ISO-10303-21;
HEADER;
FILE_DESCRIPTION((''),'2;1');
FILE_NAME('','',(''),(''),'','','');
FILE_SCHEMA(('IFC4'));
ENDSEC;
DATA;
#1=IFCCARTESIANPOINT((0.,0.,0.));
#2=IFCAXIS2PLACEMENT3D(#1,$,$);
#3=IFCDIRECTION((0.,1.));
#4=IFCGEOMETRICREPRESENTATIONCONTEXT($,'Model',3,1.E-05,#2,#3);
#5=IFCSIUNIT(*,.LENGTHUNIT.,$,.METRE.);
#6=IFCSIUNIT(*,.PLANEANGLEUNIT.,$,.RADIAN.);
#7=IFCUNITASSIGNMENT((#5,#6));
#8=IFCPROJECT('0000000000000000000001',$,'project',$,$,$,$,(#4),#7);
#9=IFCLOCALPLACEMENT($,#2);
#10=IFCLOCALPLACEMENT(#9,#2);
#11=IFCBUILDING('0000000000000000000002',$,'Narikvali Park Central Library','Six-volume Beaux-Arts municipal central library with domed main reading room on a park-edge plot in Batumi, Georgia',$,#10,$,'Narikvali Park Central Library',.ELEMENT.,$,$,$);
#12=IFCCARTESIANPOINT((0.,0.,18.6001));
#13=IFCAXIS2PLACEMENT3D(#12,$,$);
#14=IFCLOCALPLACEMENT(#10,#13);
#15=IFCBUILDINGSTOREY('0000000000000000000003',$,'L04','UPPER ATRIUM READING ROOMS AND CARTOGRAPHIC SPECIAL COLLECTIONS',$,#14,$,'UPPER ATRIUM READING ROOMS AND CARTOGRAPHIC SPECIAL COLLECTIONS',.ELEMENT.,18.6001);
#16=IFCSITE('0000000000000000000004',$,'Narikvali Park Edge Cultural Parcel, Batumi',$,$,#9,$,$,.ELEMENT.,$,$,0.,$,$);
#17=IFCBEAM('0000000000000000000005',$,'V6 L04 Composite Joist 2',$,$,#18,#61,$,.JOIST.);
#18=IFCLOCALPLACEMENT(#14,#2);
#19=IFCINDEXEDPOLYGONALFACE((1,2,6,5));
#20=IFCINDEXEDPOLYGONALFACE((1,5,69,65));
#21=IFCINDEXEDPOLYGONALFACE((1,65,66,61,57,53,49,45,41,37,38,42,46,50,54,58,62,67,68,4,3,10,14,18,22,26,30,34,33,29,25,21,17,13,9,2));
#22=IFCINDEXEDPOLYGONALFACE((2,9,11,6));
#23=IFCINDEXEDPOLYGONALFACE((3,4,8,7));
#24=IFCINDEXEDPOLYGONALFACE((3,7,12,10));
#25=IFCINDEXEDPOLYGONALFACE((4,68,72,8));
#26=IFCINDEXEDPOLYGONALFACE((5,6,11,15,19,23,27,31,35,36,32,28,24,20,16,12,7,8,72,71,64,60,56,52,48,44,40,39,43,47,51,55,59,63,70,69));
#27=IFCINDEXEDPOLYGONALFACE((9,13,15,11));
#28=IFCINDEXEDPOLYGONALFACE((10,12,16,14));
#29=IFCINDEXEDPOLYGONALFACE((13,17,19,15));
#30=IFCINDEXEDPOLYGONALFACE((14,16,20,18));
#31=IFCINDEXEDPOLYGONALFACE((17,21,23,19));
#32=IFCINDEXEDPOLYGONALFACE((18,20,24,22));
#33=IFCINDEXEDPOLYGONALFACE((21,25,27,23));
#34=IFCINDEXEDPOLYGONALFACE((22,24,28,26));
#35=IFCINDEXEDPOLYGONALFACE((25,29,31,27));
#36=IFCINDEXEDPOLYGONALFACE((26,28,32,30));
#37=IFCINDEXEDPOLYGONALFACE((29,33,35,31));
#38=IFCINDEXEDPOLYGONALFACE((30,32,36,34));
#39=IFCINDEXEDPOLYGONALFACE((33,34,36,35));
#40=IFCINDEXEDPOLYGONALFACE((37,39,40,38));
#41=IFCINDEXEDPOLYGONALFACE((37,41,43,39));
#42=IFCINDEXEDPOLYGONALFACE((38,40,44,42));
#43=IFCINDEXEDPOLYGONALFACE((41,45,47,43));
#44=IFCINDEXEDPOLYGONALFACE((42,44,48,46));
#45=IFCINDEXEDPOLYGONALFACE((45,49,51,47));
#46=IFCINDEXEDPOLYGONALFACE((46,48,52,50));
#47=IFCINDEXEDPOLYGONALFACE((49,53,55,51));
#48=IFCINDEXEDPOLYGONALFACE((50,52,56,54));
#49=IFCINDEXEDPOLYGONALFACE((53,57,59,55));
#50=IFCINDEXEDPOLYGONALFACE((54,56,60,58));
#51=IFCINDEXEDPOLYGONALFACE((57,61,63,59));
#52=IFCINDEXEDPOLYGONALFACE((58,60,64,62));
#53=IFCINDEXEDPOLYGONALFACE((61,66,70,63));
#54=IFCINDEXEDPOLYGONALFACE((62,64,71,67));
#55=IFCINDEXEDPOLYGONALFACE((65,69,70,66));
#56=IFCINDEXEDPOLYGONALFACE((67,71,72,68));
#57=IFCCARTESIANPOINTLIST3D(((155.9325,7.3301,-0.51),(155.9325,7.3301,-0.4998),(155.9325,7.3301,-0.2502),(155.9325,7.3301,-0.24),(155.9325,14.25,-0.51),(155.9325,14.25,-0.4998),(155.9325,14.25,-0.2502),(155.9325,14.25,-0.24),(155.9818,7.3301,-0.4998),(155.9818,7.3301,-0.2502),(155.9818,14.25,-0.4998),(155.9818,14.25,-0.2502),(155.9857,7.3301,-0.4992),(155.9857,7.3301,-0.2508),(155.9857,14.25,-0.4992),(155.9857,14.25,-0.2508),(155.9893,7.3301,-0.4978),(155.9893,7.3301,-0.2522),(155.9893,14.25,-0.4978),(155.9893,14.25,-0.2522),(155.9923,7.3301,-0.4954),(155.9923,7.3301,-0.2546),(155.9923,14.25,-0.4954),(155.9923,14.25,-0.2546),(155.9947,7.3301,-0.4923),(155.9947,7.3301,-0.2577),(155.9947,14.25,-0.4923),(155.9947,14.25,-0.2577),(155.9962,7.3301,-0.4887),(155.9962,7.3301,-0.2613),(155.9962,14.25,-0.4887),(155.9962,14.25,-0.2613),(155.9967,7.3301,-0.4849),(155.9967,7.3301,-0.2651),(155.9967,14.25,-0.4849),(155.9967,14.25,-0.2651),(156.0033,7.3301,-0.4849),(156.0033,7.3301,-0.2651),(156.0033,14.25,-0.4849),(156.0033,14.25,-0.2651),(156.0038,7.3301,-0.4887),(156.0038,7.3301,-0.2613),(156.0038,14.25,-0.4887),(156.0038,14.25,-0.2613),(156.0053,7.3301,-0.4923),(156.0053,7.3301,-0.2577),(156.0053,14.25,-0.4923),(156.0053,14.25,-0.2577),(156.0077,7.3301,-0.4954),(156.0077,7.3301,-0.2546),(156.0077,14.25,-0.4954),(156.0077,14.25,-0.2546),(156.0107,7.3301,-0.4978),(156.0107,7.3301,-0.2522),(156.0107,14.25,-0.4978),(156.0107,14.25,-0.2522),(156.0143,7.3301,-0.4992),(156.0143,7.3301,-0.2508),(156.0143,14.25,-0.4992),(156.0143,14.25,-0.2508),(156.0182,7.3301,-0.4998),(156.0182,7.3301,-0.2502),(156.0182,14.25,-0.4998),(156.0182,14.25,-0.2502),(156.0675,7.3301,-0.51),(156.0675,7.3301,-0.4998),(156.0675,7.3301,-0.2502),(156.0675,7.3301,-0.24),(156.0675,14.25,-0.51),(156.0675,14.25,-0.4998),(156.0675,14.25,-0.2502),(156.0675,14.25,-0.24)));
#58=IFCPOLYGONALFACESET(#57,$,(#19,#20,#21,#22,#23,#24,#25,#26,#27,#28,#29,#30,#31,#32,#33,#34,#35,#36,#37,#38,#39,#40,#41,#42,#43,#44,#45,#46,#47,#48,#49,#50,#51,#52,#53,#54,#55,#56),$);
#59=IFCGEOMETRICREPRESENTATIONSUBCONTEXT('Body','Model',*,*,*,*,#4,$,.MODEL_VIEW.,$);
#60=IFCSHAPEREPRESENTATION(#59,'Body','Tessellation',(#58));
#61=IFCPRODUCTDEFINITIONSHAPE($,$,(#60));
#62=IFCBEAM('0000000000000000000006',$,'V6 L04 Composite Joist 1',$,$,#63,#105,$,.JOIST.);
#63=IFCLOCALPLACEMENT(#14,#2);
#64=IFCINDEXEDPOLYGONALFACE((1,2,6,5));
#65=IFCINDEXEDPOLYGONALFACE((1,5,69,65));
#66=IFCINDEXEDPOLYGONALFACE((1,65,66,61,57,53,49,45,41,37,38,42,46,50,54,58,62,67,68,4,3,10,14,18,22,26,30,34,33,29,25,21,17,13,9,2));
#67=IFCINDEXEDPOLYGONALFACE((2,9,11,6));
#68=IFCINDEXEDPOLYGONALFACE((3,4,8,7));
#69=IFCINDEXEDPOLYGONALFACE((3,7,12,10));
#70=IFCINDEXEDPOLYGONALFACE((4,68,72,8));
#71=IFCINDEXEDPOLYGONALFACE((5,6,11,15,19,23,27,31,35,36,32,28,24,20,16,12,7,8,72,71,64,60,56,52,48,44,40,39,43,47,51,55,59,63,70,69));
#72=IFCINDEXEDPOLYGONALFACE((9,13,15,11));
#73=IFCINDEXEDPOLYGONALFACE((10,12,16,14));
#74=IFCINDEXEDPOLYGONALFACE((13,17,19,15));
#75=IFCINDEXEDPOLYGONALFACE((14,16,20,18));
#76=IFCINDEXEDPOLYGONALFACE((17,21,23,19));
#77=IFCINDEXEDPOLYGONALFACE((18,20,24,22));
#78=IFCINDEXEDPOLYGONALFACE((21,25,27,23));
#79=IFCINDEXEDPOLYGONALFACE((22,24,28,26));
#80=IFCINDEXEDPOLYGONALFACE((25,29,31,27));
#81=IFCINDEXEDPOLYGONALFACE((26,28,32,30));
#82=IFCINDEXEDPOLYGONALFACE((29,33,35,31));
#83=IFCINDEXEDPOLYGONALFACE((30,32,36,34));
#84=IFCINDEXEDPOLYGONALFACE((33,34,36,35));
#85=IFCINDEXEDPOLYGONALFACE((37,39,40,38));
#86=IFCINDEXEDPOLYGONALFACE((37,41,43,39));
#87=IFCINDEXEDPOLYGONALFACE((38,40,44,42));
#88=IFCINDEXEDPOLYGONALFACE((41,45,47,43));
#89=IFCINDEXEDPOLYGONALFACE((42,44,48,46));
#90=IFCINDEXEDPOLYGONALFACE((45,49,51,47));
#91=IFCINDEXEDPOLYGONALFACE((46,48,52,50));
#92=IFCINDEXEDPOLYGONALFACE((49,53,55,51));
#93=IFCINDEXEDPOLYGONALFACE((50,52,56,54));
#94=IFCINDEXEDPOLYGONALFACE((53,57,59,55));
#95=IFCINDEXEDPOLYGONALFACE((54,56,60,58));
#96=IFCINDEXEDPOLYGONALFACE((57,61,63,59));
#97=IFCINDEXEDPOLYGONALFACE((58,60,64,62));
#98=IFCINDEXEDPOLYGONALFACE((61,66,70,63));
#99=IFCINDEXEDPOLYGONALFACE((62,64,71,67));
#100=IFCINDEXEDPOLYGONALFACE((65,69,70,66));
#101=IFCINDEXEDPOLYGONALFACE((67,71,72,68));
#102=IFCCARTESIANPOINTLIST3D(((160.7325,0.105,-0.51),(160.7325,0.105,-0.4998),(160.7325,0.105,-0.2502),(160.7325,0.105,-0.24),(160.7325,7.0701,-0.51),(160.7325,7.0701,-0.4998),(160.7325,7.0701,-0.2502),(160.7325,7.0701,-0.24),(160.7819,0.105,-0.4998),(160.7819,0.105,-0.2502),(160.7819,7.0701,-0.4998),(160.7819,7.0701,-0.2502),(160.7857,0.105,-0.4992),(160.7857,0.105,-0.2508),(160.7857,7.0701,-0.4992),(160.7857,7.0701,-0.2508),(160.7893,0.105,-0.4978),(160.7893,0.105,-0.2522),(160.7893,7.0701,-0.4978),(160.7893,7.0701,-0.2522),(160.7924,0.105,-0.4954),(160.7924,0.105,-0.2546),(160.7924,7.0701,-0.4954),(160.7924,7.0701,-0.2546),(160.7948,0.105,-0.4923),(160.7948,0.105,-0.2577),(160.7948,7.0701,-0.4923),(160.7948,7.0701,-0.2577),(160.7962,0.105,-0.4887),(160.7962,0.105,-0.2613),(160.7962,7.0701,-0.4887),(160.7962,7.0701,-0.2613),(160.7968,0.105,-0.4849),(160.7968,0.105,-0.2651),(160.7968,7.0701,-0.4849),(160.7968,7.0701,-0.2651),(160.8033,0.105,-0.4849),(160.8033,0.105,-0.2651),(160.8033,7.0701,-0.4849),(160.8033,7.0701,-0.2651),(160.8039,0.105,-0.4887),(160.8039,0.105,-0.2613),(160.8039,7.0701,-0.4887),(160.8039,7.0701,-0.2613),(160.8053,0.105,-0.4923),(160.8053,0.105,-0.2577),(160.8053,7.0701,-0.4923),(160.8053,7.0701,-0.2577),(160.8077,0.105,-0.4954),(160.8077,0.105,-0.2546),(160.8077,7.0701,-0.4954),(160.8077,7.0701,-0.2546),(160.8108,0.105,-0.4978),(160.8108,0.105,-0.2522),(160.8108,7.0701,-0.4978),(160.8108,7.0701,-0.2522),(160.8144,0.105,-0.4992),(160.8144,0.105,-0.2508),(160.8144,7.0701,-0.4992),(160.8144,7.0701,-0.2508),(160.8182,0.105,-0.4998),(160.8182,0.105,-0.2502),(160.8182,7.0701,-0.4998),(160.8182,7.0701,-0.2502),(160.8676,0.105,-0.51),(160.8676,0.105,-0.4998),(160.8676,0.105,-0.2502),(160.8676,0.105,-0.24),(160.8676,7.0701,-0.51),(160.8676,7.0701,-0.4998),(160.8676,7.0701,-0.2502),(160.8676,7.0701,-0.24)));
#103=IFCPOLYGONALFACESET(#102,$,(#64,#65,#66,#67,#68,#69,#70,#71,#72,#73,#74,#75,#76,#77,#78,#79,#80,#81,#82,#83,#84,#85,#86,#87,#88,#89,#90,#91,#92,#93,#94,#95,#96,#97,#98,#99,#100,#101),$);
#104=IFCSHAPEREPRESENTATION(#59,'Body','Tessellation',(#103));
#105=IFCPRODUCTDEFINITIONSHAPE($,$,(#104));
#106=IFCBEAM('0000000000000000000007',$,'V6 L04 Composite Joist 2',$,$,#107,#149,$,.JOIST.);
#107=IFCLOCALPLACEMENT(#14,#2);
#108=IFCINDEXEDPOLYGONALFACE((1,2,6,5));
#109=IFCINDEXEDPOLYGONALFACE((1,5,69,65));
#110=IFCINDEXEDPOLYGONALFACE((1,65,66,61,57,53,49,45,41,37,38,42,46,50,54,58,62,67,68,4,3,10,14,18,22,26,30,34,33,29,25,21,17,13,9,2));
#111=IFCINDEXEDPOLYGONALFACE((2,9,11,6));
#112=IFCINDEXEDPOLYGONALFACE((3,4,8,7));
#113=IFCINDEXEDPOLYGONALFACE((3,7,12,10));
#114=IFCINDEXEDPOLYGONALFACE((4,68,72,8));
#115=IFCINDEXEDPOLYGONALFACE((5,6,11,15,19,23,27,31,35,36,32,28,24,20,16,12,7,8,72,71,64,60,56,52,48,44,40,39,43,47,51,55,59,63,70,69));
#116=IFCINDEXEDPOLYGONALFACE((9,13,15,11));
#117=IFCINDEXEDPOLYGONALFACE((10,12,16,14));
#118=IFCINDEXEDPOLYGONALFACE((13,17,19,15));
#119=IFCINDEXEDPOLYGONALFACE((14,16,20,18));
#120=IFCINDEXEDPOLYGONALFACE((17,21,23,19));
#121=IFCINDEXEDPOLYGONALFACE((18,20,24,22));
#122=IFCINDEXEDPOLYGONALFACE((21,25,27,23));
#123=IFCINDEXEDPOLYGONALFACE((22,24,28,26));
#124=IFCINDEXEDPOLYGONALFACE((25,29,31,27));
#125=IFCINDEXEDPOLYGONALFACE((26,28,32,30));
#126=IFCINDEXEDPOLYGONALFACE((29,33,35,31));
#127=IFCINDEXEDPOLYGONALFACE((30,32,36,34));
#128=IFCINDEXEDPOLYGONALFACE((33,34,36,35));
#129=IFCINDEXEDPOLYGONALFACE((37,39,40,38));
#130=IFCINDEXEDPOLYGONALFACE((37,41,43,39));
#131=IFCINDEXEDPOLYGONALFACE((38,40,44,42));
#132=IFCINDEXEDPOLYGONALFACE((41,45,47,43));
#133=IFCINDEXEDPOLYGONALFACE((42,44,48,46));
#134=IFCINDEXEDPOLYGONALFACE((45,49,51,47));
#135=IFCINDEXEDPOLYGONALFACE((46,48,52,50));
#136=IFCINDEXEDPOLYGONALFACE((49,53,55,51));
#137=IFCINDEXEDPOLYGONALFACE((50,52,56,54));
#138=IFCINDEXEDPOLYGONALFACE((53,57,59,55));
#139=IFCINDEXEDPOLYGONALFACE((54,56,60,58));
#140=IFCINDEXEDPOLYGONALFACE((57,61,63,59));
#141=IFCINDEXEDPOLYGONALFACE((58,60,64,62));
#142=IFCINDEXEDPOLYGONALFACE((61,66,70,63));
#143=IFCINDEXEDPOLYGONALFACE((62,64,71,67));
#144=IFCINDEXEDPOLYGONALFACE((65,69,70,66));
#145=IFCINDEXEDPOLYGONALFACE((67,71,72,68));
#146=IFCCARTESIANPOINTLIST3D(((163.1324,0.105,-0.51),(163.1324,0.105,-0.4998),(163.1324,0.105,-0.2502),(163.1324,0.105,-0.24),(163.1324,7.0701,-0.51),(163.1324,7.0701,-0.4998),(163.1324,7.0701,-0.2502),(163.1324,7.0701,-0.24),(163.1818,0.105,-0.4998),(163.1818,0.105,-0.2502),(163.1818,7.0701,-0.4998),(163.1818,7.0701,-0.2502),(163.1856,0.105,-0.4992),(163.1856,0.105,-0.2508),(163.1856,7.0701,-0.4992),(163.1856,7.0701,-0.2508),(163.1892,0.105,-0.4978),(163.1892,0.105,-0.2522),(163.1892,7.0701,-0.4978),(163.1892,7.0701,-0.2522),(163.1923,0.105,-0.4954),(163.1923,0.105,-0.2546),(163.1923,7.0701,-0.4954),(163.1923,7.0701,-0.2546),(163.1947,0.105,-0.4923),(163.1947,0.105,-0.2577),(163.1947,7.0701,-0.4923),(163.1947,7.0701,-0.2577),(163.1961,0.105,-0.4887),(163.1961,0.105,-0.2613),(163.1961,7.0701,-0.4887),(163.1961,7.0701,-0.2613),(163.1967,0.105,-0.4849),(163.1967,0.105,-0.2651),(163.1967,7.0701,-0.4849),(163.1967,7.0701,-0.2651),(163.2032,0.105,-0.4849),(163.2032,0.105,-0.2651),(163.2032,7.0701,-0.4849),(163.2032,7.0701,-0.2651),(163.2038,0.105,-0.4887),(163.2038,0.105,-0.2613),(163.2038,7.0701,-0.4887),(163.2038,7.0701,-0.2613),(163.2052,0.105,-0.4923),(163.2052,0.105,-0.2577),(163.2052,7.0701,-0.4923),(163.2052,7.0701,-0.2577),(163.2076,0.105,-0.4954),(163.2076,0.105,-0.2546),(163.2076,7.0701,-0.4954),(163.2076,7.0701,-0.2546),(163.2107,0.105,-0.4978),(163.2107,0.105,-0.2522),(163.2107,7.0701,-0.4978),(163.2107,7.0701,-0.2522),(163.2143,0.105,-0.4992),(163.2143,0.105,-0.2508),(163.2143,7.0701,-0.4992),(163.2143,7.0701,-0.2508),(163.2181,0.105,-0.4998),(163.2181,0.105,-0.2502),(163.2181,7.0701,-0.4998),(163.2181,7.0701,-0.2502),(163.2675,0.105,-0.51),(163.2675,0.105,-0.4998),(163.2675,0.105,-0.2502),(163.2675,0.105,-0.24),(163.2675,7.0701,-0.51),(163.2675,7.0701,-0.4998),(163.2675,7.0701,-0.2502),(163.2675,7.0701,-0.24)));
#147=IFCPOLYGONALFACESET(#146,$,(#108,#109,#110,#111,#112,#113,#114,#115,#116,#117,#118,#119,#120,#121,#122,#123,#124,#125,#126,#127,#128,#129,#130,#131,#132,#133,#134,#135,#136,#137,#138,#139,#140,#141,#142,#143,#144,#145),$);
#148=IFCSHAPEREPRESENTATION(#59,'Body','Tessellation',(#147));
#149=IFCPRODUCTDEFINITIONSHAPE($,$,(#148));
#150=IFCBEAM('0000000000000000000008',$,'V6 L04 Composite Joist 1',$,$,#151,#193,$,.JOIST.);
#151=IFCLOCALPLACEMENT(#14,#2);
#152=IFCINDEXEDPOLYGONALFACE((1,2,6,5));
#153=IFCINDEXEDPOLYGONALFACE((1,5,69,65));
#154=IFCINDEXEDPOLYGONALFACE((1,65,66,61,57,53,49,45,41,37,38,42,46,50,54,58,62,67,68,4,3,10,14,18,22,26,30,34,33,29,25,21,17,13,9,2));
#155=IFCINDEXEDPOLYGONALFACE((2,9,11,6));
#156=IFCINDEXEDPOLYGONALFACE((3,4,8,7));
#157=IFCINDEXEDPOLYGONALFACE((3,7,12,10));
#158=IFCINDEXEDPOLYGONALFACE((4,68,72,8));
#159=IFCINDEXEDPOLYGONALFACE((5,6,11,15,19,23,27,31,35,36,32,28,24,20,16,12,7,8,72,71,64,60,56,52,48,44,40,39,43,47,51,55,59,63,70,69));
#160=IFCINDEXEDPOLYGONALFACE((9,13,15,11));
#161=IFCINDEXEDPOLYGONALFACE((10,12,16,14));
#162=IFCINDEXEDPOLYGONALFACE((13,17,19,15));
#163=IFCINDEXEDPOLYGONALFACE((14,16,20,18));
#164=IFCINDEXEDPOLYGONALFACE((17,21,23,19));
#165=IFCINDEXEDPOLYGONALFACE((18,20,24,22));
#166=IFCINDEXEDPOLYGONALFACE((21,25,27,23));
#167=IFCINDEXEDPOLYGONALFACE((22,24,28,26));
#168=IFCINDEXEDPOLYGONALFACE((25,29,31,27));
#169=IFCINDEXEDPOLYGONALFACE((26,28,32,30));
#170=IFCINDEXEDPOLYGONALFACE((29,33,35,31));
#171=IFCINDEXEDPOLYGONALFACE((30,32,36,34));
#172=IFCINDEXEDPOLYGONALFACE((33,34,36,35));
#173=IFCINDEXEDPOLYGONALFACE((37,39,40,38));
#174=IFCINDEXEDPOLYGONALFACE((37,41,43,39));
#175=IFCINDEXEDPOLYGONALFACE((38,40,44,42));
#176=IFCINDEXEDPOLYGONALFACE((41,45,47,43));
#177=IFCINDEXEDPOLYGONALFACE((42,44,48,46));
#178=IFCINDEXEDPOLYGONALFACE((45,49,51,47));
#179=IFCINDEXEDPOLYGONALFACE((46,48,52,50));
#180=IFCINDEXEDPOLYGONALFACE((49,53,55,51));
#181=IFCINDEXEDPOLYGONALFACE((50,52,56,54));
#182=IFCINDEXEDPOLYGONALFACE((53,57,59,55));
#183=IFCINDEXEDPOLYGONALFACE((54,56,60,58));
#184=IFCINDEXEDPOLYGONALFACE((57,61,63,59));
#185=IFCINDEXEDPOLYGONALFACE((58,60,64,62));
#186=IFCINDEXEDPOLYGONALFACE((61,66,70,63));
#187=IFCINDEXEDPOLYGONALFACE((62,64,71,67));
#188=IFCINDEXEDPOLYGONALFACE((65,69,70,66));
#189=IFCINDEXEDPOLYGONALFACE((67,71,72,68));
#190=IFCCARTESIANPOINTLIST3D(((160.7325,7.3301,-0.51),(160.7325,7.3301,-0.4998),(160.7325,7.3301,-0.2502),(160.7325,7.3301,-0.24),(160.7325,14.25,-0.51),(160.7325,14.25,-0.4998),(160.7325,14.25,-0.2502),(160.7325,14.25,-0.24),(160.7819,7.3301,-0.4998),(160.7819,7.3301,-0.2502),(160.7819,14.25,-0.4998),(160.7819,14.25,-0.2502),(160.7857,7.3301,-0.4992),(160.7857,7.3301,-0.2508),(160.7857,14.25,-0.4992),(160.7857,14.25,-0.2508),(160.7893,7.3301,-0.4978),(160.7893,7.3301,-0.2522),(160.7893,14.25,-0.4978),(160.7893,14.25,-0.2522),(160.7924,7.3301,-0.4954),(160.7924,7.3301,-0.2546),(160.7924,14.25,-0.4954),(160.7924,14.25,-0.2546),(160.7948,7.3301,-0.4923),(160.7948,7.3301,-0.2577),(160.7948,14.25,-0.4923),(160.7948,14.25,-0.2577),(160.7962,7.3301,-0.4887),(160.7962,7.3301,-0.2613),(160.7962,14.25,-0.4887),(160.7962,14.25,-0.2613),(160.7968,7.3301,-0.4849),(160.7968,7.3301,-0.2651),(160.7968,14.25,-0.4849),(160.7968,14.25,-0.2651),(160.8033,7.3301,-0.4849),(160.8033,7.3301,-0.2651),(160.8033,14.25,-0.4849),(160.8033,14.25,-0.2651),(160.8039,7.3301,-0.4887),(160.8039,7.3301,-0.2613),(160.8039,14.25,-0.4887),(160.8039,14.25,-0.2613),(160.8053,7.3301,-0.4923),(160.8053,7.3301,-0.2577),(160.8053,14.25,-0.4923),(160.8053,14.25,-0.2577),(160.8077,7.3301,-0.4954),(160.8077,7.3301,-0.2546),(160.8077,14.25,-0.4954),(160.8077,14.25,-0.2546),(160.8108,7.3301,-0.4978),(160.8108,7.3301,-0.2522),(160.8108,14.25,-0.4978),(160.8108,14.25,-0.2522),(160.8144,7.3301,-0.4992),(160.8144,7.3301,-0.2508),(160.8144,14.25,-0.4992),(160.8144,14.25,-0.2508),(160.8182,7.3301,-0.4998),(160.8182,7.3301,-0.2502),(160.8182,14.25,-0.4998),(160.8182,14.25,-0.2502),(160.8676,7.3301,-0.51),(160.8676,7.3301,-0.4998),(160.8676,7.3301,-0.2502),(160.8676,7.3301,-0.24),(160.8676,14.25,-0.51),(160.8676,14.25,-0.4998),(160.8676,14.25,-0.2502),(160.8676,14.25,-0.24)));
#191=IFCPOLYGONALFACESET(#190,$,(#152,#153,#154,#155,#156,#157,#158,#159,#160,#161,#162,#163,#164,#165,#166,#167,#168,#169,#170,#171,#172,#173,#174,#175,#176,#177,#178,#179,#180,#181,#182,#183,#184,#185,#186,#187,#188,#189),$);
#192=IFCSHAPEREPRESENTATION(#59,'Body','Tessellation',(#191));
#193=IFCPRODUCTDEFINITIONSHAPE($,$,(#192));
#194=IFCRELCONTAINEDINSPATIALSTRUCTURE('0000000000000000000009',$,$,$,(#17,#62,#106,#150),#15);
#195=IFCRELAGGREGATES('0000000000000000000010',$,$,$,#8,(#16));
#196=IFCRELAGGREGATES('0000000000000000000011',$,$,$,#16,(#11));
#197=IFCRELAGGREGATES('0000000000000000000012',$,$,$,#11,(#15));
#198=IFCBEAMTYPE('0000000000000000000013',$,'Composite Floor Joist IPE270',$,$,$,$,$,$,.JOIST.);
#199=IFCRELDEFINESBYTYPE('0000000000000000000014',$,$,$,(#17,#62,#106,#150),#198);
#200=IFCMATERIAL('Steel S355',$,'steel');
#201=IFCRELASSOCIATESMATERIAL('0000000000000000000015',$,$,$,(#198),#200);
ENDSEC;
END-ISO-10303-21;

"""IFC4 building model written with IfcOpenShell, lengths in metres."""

from ifc_helpers import new_model, si_unit, direction, frame, origin, origin_2d, place, context, subcontext, project, spatial, i_section, extrude, material, material_profile, profile_set, type_object, element, save


model = new_model("IFC4")

# Units and contexts
model_context = context("Model", 3, precision=1e-05, world=origin(), true_north=direction((0.0, 1.0)))
body_context = subcontext(model_context, "Body", "Model", "MODEL_VIEW")
ifc_project = project(units=[si_unit("LENGTHUNIT", "METRE"), si_unit("PLANEANGLEUNIT", "RADIAN")], contexts=[model_context])

# Site, building, storey
site_placement = place(None, origin())
site = spatial("IfcSite", under=ifc_project, at=site_placement, Name="Narikvali Park Edge Cultural Parcel, Batumi", CompositionType="ELEMENT", RefElevation=0.0)
building_placement = place(site_placement, origin())
building = spatial("IfcBuilding", under=site, at=building_placement, Name="Narikvali Park Central Library", Description="Six-volume Beaux-Arts municipal central library with domed main reading room on a park-edge plot in Batumi, Georgia", LongName="Narikvali Park Central Library", CompositionType="ELEMENT")
storey_placement = place(building_placement, frame((0.0, 0.0, 18.6001)))
storey = spatial("IfcBuildingStorey", under=building, at=storey_placement, Name="L04", Description="UPPER ATRIUM READING ROOMS AND CARTOGRAPHIC SPECIAL COLLECTIONS", LongName="UPPER ATRIUM READING ROOMS AND CARTOGRAPHIC SPECIAL COLLECTIONS", CompositionType="ELEMENT", Elevation=18.6001)

# Shared definitions
ifc_material_1 = material(Name="Steel S355", Category="steel")

# Beams
ifc_material_profile_1 = material_profile(ifc_material_1, i_section(OverallWidth=0.135, OverallDepth=0.27, WebThickness=0.0066, FlangeThickness=0.0103, FilletRadius=0.0149, at=origin_2d()), Name="IPE 270")
ifc_profile_set_1 = profile_set([ifc_material_profile_1], Name="Steel S355")
beam_type_1 = type_object("IfcBeamType", Name="Composite Floor Joist IPE270", PredefinedType="JOIST", material=ifc_profile_set_1)
for number, where, z_axis, x_axis, name in (
    (1, (156.0, 7.3301, -0.375), (0.0, 1.0, 0.0), (-1.0, 0.0, 0.0), "V6 L04 Composite Joist 2"),
):
    element("IfcBeam", number, at=place(storey_placement, frame(where, z_axis=z_axis, x_axis=x_axis)), inside=storey, type_object=beam_type_1, Name=name, PredefinedType="JOIST", context=body_context, shape_type="SweptSolid", body=[
        extrude(i_section(OverallWidth=0.135, OverallDepth=0.27, WebThickness=0.0066, FlangeThickness=0.0103, FilletRadius=0.0149, at=origin_2d()), origin(), (0.0, 0.0, 1.0), 6.9199),
    ])
for number, where, z_axis, x_axis, name in (
    (2, (160.8, 0.105, -0.375), (0.0, 1.0, 0.0), (-1.0, 0.0, 0.0), "V6 L04 Composite Joist 1"),
    (3, (163.2, 0.105, -0.375), (0.0, 1.0, 0.0), (-1.0, 0.0, 0.0), "V6 L04 Composite Joist 2"),
):
    element("IfcBeam", number, at=place(storey_placement, frame(where, z_axis=z_axis, x_axis=x_axis)), inside=storey, type_object=beam_type_1, Name=name, PredefinedType="JOIST", context=body_context, shape_type="SweptSolid", body=[
        extrude(i_section(OverallWidth=0.135, OverallDepth=0.27, WebThickness=0.0066, FlangeThickness=0.0103, FilletRadius=0.0149, at=origin_2d()), origin(), (0.0, 0.0, 1.0), 6.9651),
    ])
for number, where, z_axis, x_axis, name in (
    (4, (160.8, 7.3301, -0.375), (0.0, 1.0, 0.0), (-1.0, 0.0, 0.0), "V6 L04 Composite Joist 1"),
):
    element("IfcBeam", number, at=place(storey_placement, frame(where, z_axis=z_axis, x_axis=x_axis)), inside=storey, type_object=beam_type_1, Name=name, PredefinedType="JOIST", context=body_context, shape_type="SweptSolid", body=[
        extrude(i_section(OverallWidth=0.135, OverallDepth=0.27, WebThickness=0.0066, FlangeThickness=0.0103, FilletRadius=0.0149, at=origin_2d()), origin(), (0.0, 0.0, 1.0), 6.9199),
    ])

save(model, "model.ifc")
